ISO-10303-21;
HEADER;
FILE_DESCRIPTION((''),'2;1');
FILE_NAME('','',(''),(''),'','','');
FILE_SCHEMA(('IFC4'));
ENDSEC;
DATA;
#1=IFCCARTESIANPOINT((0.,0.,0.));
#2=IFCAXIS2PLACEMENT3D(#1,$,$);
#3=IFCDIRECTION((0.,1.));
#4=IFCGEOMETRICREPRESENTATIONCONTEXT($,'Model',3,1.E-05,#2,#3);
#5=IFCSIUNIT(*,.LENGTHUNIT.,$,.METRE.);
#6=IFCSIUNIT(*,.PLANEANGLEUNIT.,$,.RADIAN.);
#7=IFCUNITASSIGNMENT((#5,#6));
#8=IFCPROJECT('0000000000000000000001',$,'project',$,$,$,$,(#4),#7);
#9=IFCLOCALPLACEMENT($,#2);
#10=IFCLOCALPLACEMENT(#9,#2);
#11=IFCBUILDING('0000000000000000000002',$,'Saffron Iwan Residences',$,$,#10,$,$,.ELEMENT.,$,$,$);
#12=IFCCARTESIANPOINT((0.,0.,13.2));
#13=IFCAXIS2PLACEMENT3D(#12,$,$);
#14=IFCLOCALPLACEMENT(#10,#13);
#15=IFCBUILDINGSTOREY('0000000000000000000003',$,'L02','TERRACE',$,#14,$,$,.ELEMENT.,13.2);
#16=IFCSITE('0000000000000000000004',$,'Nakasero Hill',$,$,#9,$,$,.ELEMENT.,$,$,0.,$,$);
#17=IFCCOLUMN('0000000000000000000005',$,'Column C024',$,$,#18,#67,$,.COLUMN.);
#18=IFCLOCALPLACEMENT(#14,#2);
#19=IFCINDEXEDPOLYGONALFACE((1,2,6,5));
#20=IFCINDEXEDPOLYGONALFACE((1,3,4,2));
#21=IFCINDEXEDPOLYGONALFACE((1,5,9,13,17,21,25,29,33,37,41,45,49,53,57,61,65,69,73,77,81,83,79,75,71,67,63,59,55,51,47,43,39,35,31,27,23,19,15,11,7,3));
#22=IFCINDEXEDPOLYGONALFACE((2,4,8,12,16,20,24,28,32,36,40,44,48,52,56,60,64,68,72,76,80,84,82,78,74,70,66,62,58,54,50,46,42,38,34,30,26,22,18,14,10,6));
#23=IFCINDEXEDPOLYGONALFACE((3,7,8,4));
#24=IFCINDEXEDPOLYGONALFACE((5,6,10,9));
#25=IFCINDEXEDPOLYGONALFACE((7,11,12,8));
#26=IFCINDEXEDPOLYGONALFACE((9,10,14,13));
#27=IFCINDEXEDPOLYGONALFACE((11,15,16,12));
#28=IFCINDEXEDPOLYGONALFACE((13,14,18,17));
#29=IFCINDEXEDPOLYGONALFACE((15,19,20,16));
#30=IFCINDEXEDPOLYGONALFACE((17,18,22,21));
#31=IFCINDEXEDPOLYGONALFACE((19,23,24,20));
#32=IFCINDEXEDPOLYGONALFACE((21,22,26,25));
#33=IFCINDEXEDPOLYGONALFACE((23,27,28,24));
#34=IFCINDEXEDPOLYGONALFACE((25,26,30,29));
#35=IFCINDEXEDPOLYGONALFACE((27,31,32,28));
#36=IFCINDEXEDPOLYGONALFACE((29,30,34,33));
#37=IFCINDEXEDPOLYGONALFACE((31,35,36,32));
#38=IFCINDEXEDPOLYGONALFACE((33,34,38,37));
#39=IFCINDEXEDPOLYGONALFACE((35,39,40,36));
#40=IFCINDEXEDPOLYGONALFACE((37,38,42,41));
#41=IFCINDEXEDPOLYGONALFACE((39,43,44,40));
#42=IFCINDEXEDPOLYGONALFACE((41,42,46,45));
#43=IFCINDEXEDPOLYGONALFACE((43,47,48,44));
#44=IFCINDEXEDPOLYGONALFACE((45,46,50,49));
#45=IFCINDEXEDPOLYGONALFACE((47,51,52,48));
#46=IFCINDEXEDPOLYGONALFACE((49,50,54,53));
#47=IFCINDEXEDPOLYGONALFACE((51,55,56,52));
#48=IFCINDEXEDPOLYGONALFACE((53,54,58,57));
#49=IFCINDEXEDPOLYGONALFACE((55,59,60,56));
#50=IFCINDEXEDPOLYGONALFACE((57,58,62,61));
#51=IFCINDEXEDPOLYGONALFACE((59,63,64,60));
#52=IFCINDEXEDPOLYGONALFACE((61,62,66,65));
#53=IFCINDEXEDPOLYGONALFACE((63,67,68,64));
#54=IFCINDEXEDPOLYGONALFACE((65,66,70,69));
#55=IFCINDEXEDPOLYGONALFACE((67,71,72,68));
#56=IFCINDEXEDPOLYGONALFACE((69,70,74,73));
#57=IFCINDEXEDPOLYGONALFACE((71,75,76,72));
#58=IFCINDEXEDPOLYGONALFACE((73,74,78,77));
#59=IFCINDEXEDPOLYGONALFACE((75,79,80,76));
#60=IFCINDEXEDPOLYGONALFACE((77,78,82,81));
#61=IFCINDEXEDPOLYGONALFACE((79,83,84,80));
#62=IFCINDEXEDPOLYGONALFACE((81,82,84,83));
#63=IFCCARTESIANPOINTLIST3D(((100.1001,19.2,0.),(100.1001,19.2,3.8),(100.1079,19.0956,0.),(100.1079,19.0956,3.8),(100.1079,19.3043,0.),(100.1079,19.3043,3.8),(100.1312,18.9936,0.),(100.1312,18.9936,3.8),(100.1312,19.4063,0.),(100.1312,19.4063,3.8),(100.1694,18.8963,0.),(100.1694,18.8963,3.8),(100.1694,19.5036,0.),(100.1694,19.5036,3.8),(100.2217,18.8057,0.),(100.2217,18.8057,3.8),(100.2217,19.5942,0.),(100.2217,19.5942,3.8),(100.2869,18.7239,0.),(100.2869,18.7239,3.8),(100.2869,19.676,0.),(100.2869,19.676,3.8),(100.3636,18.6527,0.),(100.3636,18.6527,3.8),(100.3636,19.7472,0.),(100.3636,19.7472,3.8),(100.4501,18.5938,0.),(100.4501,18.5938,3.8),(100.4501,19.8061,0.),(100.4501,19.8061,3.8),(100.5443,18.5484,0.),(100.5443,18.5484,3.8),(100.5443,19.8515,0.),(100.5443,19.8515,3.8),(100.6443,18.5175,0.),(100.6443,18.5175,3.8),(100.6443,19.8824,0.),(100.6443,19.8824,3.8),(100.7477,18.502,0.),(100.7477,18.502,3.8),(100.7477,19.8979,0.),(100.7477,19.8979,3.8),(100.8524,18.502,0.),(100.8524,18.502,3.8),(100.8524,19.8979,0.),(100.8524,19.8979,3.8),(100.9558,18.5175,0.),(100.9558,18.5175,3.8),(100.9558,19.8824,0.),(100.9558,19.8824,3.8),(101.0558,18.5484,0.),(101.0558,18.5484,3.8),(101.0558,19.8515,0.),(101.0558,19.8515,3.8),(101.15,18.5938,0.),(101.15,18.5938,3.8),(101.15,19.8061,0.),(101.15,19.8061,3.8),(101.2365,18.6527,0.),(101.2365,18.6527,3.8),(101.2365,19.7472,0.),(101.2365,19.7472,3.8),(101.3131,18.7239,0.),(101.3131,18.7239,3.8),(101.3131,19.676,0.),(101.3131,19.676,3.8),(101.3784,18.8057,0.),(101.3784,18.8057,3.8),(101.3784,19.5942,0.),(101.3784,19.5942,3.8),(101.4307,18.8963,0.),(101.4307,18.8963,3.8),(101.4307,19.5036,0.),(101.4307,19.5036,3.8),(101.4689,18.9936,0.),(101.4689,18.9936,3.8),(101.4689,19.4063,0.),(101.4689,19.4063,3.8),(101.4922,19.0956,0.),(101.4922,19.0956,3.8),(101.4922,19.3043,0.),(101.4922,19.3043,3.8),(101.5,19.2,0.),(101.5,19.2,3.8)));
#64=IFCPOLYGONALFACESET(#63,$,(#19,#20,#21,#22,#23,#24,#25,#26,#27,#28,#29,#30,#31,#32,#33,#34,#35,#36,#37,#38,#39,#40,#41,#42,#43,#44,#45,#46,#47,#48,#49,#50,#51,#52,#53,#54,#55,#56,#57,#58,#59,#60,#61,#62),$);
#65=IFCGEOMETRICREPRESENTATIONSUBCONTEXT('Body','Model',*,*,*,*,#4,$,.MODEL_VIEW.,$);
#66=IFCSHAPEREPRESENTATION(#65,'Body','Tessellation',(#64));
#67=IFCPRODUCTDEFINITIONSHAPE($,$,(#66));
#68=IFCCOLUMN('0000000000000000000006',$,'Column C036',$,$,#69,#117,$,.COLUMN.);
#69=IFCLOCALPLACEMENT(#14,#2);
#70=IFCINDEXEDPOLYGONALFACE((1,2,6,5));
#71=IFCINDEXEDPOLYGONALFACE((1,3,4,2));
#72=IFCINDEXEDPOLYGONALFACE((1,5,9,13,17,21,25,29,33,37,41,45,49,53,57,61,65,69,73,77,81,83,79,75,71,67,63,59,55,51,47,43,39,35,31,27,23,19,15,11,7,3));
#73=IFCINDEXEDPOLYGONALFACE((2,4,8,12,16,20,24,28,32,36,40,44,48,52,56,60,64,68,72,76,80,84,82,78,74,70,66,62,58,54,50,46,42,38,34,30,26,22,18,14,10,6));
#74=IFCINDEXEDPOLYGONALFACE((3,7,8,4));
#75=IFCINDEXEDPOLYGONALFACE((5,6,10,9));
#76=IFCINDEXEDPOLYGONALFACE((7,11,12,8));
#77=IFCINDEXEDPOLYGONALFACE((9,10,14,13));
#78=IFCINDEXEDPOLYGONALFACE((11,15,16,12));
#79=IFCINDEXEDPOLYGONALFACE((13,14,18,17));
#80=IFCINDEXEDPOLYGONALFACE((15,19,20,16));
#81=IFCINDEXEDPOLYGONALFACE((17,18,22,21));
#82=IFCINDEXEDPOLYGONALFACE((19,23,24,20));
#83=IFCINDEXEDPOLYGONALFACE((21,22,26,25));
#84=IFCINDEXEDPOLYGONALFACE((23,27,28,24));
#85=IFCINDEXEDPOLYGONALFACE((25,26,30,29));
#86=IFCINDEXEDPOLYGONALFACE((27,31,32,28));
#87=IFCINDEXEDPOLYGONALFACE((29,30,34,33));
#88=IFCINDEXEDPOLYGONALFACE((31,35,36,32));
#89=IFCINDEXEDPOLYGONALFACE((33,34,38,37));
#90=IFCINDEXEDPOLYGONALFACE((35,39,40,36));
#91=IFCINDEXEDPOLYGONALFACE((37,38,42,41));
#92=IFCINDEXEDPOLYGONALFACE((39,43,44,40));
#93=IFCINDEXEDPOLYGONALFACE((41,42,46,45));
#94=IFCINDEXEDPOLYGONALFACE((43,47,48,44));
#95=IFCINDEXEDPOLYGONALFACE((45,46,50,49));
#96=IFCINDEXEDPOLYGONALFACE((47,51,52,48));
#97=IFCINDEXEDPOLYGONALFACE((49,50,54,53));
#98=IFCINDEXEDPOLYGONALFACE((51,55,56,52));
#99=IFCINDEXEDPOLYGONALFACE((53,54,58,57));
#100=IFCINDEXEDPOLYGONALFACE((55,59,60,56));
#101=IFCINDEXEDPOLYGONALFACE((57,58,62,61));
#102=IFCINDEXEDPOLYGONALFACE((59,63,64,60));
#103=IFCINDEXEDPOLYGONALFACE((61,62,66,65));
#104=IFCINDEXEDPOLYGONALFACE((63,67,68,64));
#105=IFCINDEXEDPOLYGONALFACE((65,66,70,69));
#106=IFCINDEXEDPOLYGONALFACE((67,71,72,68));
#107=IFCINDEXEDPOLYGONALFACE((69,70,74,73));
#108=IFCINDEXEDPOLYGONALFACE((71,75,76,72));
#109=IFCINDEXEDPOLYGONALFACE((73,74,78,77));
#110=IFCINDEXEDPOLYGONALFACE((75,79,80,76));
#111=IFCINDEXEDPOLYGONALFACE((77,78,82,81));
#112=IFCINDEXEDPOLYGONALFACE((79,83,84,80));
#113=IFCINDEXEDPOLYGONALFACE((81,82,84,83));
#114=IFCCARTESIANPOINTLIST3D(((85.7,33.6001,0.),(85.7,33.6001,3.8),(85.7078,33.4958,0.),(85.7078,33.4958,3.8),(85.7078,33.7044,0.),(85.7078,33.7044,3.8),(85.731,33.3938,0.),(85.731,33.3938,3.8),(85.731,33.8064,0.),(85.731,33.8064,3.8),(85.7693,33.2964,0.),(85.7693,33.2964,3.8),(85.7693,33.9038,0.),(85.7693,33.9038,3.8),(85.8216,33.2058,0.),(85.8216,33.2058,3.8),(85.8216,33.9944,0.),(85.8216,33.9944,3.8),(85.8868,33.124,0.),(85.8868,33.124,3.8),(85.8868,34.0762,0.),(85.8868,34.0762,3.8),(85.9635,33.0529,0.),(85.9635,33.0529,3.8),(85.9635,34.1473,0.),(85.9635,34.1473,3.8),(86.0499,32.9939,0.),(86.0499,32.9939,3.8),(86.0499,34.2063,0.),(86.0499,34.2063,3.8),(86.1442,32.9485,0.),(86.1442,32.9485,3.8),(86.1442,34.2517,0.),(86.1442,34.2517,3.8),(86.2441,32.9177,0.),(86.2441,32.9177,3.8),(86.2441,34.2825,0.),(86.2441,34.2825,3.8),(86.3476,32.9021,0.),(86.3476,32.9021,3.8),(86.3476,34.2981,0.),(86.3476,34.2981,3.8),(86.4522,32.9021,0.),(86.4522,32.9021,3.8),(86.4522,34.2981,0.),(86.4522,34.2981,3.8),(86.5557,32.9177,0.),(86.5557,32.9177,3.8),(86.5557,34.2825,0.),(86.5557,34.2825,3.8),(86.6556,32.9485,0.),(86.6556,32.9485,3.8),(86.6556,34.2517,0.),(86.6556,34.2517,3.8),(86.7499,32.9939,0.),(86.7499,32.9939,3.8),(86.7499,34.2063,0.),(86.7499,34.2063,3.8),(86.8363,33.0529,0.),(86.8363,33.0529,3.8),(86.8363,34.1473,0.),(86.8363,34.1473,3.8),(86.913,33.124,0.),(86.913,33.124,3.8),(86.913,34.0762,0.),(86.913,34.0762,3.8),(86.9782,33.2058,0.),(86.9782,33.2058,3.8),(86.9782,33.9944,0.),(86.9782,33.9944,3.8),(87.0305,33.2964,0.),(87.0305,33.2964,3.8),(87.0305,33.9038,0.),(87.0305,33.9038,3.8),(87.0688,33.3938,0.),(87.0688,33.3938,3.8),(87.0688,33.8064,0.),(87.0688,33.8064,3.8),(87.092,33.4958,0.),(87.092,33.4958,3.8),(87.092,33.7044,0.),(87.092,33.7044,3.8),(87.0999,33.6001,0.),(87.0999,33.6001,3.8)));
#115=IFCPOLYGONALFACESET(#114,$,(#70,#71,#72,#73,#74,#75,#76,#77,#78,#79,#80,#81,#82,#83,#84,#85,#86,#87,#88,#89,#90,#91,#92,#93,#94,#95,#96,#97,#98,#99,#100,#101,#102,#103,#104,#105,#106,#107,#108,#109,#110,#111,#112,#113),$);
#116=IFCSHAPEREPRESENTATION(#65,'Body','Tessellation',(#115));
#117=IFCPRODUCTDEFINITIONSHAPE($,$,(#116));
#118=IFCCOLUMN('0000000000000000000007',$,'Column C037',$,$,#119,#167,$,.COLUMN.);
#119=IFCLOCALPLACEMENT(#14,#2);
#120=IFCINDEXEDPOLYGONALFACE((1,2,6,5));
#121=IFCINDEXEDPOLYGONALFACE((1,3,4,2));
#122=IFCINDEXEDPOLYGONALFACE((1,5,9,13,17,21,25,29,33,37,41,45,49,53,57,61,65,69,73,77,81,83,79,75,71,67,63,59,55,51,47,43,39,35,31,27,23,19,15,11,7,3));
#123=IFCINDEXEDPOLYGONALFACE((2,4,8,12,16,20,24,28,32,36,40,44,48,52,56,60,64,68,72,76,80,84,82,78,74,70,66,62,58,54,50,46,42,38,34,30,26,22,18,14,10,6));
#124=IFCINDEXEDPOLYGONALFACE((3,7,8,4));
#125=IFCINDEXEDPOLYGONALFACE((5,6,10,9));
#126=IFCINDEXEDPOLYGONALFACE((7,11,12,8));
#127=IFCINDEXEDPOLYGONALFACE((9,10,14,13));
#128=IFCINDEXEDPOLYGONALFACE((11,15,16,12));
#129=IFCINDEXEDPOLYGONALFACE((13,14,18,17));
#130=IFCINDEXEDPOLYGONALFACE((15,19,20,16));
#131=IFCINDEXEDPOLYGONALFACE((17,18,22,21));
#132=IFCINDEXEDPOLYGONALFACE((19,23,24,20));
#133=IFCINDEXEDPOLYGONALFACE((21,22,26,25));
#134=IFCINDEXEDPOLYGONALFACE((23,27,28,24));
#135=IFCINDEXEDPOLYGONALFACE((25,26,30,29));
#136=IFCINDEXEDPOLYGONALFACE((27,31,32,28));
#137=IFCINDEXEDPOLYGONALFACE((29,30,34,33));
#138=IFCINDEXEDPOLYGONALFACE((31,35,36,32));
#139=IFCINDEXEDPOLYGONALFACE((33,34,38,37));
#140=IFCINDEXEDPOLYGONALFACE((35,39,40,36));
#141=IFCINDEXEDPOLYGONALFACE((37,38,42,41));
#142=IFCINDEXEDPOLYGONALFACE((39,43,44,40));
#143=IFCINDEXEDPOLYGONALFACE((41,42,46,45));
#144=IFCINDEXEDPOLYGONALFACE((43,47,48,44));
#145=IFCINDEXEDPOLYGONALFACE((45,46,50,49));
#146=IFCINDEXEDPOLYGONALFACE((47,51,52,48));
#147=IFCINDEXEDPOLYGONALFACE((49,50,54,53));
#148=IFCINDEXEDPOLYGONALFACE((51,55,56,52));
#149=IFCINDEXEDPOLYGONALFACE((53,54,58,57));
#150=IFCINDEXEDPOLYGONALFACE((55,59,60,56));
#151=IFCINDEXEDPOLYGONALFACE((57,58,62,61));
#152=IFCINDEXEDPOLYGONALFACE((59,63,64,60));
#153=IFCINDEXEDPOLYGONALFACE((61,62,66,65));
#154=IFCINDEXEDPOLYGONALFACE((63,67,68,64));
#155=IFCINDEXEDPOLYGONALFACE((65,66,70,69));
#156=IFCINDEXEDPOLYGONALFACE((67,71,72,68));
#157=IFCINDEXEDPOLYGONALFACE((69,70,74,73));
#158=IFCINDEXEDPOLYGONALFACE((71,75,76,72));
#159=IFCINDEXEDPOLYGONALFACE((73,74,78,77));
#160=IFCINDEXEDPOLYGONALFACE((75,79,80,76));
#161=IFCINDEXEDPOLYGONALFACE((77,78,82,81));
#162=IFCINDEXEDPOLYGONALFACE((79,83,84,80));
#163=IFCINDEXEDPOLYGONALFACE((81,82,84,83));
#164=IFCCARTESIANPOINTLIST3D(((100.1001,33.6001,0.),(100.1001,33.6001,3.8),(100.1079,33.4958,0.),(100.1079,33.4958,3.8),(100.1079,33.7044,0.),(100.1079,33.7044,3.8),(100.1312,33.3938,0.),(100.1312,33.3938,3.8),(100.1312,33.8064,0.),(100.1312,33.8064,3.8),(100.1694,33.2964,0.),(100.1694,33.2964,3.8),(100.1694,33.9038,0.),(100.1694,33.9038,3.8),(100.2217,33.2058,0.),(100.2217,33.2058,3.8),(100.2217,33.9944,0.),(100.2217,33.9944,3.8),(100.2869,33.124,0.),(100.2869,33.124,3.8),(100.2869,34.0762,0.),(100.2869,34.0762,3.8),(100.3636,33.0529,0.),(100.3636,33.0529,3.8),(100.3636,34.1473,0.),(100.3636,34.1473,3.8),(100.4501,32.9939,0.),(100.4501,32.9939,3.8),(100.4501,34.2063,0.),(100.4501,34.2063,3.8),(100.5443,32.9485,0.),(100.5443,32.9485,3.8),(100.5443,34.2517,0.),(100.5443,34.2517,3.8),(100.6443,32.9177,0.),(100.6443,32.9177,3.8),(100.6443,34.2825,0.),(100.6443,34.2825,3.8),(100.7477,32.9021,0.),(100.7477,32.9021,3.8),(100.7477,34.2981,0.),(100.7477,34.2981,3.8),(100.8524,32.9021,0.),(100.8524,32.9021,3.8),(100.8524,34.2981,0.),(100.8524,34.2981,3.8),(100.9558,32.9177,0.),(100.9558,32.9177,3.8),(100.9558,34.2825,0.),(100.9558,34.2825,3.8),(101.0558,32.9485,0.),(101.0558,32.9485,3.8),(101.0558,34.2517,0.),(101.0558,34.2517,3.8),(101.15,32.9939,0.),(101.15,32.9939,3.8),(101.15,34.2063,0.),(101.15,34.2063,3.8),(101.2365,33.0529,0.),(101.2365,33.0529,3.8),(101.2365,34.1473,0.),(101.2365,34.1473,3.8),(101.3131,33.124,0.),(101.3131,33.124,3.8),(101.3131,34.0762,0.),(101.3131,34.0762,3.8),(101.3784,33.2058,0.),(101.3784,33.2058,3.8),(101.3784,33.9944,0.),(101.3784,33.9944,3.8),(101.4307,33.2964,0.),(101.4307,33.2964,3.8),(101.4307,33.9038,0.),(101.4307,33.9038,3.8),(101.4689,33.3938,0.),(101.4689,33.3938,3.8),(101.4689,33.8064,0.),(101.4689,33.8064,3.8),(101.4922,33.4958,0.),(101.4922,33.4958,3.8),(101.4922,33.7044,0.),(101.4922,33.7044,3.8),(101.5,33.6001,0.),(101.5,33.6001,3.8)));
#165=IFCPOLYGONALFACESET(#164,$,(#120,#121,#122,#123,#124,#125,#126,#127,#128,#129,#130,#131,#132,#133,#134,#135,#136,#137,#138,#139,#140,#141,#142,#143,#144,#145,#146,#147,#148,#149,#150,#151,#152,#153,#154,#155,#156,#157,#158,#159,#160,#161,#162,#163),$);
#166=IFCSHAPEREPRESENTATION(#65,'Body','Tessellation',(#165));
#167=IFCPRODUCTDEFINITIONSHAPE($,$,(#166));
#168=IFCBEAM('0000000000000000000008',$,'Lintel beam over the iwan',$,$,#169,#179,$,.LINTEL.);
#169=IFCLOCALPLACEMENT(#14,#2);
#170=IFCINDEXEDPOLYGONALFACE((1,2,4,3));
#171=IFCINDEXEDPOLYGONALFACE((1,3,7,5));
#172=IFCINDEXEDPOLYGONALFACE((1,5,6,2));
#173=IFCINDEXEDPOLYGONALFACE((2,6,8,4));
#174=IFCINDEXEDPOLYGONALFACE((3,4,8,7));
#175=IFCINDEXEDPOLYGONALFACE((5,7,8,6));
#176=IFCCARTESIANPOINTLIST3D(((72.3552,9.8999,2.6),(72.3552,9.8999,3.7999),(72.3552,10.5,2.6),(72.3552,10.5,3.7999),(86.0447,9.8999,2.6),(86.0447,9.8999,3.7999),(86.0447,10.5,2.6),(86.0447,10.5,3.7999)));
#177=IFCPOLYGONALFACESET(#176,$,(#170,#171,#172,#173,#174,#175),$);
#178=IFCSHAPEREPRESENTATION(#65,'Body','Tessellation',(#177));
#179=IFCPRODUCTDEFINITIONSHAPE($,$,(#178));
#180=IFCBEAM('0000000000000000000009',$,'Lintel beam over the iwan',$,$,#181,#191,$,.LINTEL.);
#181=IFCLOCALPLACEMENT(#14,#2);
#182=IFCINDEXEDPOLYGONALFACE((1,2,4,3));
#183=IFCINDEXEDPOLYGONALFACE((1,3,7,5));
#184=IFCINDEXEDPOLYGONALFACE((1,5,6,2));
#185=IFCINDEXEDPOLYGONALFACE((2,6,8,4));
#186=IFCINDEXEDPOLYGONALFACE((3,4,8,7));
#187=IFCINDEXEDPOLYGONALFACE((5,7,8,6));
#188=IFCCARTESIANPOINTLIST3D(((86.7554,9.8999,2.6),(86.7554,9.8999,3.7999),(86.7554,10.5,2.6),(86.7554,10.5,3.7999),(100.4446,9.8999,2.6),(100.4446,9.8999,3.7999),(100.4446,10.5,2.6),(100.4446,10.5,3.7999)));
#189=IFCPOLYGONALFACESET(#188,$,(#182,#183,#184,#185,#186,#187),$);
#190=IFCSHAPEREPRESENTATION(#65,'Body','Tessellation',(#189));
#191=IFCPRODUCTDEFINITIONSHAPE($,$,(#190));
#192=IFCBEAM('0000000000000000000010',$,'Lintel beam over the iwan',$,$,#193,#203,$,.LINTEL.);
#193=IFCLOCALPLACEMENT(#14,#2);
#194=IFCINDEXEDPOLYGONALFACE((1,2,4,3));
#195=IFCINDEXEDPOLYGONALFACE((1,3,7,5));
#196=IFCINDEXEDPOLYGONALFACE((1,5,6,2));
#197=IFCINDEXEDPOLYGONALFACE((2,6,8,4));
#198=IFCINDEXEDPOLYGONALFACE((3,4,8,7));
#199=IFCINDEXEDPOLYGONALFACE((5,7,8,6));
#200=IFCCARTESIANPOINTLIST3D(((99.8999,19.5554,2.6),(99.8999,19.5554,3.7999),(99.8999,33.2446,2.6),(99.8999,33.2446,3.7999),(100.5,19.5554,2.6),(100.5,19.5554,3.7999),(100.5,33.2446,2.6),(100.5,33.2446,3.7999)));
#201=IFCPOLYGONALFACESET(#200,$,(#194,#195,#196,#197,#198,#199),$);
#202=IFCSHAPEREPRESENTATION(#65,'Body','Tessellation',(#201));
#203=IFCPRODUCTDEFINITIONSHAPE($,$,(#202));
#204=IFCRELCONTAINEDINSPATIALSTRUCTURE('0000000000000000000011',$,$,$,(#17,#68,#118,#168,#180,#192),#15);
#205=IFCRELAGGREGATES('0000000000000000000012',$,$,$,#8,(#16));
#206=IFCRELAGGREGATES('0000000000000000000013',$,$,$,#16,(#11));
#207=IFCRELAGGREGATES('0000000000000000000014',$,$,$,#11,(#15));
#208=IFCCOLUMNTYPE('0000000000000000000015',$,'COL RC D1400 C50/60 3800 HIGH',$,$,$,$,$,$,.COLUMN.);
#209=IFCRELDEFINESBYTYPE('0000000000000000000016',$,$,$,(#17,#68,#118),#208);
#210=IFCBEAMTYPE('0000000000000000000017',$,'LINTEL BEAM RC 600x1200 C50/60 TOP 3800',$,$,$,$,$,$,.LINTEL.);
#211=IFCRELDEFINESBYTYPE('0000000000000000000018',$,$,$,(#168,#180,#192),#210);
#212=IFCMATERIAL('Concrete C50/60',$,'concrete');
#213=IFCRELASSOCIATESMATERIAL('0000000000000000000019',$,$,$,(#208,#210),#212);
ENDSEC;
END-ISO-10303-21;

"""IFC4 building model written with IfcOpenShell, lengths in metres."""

from ifc_helpers import new_model, si_unit, direction, frame, origin, origin_2d, place, context, subcontext, project, spatial, rectangle, circle, extrude, source, transform, mapped, material, material_profile, profile_set, type_object, element, save


model = new_model("IFC4")

# Units and contexts
model_context = context("Model", 3, precision=1e-05, world=origin(), true_north=direction((0.0, 1.0)))
body_context = subcontext(model_context, "Body", "Model", "MODEL_VIEW")
ifc_project = project(units=[si_unit("LENGTHUNIT", "METRE"), si_unit("PLANEANGLEUNIT", "RADIAN")], contexts=[model_context])

# Site, building, storey
site_placement = place(None, origin())
site = spatial("IfcSite", under=ifc_project, at=site_placement, Name="Nakasero Hill", CompositionType="ELEMENT", RefElevation=0.0)
building_placement = place(site_placement, origin())
building = spatial("IfcBuilding", under=site, at=building_placement, Name="Saffron Iwan Residences", CompositionType="ELEMENT")
storey_placement = place(building_placement, frame((0.0, 0.0, 13.2)))
storey = spatial("IfcBuildingStorey", under=building, at=storey_placement, Name="L02", Description="TERRACE", CompositionType="ELEMENT", Elevation=13.2)

# Columns
ifc_material_1 = material(Name="Concrete C50/60", Category="concrete")
ifc_material_profile_1 = material_profile(ifc_material_1, circle(Radius=0.7, at=origin_2d()), Name="RC D1400")
ifc_profile_set_1 = profile_set([ifc_material_profile_1], Name="Concrete C50/60")
column_type = type_object("IfcColumnType", Name="COL RC D1400 C50/60 3800 HIGH", PredefinedType="COLUMN", material=ifc_profile_set_1)
shared_shape_1 = source(origin(), body_context, "Body", "SweptSolid", [
    extrude(circle(Radius=0.7, at=origin_2d()), origin(), (0.0, 0.0, 1.0), 3.8),
])
for number, where, z_axis, x_axis, name in (
    (1, (100.8, 19.2, 0.0), (0.0, 0.0, 1.0), (1.0, 0.0, 0.0), "Column C024"),
    (2, (86.3999, 33.6001, 0.0), (0.0, 0.0, 1.0), (1.0, 0.0, 0.0), "Column C036"),
    (3, (100.8, 33.6001, 0.0), (0.0, 0.0, 1.0), (1.0, 0.0, 0.0), "Column C037"),
):
    element("IfcColumn", number, at=place(storey_placement, frame(where, z_axis=z_axis, x_axis=x_axis)), inside=storey, type_object=column_type, Name=name, PredefinedType="COLUMN", context=body_context, shape_type="MappedRepresentation", body=[
        mapped(shared_shape_1, transform((0.0, 0.0, 0.0))),
    ])

# Beams
ifc_material_profile_2 = material_profile(ifc_material_1, rectangle(XDim=0.6001, YDim=1.2, at=origin_2d()), Name="RC 600x1200")
ifc_profile_set_2 = profile_set([ifc_material_profile_2], Name="Concrete C50/60")
beam_type_1 = type_object("IfcBeamType", Name="LINTEL BEAM RC 600x1200 C50/60 TOP 3800", PredefinedType="LINTEL", material=ifc_profile_set_2)
shared_shape_2 = source(origin(), body_context, "Body", "SweptSolid", [
    extrude(rectangle(XDim=0.6001, YDim=1.2, at=origin_2d()), origin(), (0.0, 0.0, 1.0), 13.6895),
])
beam_1_placement = place(storey_placement, frame((86.0447, 10.2, 3.2), z_axis=(-1.0, 0.0, 0.0), x_axis=(0.0, -1.0, 0.0)))
element("IfcBeam", 4, at=beam_1_placement, inside=storey, type_object=beam_type_1, Name="Lintel beam over the iwan", PredefinedType="LINTEL", context=body_context, shape_type="MappedRepresentation", body=[
    mapped(shared_shape_2, transform((0.0, 0.0, 0.0))),
])
shared_shape_3 = source(origin(), body_context, "Body", "SweptSolid", [
    extrude(rectangle(XDim=0.6001, YDim=1.2, at=origin_2d()), origin(), (0.0, 0.0, 1.0), 13.6892),
])
for number, where, z_axis, x_axis, name in (
    (5, (100.4446, 10.2, 3.2), (-1.0, 0.0, 0.0), (0.0, -1.0, 0.0), "Lintel beam over the iwan"),
    (6, (100.2, 33.2446, 3.2), (0.0, -1.0, 0.0), (1.0, 0.0, 0.0), "Lintel beam over the iwan"),
):
    element("IfcBeam", number, at=place(storey_placement, frame(where, z_axis=z_axis, x_axis=x_axis)), inside=storey, type_object=beam_type_1, Name=name, PredefinedType="LINTEL", context=body_context, shape_type="MappedRepresentation", body=[
        mapped(shared_shape_3, transform((0.0, 0.0, 0.0))),
    ])

save(model, "model.ifc")
